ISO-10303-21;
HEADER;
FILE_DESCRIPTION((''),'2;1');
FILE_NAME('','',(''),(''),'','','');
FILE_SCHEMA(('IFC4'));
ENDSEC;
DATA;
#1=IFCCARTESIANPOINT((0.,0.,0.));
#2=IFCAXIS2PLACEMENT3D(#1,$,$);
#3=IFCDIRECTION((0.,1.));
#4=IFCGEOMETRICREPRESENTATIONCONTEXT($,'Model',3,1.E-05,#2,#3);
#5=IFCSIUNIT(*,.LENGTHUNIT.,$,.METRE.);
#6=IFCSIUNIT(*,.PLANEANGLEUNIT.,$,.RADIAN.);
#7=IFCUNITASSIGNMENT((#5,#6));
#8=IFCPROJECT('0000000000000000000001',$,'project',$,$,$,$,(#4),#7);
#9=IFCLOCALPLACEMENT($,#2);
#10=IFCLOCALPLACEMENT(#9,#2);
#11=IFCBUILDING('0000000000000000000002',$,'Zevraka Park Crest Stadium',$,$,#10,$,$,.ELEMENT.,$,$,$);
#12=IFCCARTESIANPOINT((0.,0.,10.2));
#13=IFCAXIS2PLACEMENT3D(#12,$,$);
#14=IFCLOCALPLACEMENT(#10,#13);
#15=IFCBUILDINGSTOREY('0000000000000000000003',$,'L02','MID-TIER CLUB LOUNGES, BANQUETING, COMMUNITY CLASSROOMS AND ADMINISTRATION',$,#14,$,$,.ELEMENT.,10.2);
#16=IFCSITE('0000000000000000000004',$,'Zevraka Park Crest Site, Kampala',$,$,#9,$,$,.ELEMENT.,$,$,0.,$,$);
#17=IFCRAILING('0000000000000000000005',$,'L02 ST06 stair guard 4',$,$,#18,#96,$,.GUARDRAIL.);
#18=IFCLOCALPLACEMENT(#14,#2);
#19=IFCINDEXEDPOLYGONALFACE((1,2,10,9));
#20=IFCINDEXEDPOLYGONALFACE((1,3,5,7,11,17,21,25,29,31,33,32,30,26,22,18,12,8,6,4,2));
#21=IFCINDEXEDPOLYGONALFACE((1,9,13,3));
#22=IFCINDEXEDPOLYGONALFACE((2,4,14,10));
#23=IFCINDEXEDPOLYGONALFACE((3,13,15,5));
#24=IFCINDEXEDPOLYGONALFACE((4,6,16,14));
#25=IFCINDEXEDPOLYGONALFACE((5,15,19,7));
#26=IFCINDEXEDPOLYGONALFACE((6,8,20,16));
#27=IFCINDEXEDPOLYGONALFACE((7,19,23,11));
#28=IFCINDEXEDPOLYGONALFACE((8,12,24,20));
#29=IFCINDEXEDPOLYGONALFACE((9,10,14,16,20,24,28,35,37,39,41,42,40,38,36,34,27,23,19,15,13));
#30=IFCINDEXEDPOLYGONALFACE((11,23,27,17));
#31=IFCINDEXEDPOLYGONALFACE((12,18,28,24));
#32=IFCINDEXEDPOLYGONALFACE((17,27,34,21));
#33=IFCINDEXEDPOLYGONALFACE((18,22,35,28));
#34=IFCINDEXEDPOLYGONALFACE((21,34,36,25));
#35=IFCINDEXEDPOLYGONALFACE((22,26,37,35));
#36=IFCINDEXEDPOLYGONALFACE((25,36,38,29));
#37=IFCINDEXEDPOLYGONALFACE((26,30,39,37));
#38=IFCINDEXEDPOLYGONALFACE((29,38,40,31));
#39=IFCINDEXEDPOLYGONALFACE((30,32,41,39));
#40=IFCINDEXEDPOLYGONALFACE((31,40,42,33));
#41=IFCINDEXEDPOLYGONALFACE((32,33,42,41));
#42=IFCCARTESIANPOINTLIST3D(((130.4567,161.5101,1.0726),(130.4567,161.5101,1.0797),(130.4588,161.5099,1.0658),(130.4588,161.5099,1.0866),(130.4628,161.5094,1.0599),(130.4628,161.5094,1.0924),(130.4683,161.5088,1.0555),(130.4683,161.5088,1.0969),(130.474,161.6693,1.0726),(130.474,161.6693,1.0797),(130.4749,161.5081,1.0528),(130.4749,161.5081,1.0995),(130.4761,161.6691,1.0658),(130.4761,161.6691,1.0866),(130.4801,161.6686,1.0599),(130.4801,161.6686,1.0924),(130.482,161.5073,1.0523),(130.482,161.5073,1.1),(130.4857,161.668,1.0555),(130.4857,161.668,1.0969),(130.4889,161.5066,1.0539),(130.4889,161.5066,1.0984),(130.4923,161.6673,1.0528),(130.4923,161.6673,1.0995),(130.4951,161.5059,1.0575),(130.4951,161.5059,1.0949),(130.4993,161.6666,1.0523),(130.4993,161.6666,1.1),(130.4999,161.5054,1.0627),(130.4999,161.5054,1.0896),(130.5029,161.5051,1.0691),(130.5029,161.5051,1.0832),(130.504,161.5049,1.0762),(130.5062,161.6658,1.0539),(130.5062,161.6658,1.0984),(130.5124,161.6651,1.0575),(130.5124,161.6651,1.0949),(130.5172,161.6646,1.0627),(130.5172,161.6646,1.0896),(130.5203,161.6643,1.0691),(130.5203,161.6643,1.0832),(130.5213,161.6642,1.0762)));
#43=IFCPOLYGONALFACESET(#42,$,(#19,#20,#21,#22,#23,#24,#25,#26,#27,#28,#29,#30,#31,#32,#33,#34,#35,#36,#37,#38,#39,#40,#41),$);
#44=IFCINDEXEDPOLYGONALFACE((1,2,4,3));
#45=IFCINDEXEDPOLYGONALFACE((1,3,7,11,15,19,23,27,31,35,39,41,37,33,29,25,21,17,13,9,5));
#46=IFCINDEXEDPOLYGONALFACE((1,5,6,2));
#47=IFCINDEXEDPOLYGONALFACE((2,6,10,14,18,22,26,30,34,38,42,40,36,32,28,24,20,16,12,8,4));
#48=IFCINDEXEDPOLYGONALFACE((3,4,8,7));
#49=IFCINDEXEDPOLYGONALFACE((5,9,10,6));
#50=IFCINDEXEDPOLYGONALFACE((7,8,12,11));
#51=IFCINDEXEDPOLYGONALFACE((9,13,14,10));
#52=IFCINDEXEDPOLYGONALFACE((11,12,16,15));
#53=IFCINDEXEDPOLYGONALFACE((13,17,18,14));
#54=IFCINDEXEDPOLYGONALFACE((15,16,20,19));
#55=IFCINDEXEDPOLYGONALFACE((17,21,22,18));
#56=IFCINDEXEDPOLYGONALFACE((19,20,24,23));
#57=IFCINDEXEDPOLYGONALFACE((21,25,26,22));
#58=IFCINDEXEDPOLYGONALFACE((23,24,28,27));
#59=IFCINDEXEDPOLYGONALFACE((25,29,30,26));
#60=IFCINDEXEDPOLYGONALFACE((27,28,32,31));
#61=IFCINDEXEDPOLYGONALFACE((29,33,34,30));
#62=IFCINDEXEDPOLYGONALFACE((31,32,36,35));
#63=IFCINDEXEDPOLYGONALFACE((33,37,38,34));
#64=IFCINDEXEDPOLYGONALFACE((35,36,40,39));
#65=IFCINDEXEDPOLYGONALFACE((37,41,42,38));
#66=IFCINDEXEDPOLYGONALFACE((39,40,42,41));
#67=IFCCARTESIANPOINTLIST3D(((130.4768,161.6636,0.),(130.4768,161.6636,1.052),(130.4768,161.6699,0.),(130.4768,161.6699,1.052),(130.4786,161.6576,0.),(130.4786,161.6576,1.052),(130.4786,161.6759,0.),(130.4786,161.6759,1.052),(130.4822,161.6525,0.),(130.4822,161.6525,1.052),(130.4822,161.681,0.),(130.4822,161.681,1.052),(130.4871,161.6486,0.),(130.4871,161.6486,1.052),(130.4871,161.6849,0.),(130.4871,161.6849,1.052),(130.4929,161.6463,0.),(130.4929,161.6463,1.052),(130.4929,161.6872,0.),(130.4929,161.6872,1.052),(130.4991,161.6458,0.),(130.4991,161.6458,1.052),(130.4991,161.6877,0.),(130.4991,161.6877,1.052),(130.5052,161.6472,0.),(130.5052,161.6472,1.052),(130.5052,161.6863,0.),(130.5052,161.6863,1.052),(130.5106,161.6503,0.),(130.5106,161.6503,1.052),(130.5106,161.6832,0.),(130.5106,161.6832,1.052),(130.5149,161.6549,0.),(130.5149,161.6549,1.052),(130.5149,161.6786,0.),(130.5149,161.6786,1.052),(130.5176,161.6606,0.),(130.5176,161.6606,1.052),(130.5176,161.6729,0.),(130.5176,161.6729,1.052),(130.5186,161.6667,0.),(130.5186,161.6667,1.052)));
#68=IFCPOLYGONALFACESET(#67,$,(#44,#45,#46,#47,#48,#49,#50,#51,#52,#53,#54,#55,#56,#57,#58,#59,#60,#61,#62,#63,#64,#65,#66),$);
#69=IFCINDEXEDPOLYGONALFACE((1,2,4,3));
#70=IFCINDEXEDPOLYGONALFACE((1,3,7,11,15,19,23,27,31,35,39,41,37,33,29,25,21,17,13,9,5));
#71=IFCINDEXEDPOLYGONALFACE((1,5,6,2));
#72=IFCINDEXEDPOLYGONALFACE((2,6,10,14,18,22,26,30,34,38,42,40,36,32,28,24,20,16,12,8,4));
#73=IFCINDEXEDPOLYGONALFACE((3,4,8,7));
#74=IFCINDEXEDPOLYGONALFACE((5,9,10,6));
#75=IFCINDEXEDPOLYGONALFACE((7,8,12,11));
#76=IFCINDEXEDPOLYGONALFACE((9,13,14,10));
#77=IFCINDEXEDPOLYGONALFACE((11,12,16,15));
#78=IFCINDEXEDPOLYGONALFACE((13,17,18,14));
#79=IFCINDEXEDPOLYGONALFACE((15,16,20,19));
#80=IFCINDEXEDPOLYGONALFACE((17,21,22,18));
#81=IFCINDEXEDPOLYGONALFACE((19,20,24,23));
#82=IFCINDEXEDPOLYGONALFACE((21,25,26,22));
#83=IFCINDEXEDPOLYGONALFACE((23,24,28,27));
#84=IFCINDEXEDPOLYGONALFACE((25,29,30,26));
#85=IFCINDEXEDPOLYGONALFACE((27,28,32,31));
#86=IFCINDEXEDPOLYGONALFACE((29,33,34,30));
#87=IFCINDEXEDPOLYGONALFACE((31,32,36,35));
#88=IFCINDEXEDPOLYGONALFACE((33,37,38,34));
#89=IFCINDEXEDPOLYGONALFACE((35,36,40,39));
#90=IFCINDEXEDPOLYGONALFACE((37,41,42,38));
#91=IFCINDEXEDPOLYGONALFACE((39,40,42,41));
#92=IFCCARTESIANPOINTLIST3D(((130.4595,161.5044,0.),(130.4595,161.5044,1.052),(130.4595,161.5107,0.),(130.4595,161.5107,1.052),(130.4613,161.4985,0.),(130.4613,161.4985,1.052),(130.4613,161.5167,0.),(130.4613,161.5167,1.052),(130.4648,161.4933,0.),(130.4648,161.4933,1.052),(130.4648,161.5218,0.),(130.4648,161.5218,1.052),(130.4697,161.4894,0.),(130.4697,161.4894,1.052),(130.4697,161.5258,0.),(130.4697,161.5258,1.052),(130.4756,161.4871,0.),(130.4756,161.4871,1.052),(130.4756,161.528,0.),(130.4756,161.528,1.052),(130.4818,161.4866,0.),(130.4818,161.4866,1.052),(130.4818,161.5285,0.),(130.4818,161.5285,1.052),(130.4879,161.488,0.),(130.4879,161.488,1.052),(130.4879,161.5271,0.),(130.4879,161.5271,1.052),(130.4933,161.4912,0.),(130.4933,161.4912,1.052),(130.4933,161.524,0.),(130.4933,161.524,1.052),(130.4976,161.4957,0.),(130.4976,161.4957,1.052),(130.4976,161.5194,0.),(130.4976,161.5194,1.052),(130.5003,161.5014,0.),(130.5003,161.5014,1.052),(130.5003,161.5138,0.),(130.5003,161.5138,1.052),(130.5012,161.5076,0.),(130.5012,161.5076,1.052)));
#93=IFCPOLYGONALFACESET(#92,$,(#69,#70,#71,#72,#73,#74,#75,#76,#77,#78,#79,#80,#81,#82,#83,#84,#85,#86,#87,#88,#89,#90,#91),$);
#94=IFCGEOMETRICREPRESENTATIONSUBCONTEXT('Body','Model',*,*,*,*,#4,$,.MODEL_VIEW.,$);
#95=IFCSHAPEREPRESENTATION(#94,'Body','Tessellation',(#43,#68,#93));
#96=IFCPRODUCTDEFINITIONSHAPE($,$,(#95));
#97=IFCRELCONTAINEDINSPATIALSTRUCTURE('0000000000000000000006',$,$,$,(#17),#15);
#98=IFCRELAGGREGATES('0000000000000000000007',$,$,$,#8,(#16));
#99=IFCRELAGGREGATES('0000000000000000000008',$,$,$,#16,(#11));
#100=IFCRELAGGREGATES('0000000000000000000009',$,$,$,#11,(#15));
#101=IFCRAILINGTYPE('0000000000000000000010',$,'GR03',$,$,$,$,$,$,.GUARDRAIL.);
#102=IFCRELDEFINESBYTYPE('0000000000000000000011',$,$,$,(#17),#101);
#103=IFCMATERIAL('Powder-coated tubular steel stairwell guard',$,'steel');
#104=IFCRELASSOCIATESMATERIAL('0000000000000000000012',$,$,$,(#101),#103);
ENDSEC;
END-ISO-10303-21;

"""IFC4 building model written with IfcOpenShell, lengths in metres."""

from ifc_helpers import new_model, si_unit, direction, frame, origin, origin_2d, place, context, subcontext, project, spatial, circle, extrude, material, type_object, element, save


model = new_model("IFC4")

# Units and contexts
model_context = context("Model", 3, precision=1e-05, world=origin(), true_north=direction((0.0, 1.0)))
body_context = subcontext(model_context, "Body", "Model", "MODEL_VIEW")
ifc_project = project(units=[si_unit("LENGTHUNIT", "METRE"), si_unit("PLANEANGLEUNIT", "RADIAN")], contexts=[model_context])

# Site, building, storey
site_placement = place(None, origin())
site = spatial("IfcSite", under=ifc_project, at=site_placement, Name="Zevraka Park Crest Site, Kampala", CompositionType="ELEMENT", RefElevation=0.0)
building_placement = place(site_placement, origin())
building = spatial("IfcBuilding", under=site, at=building_placement, Name="Zevraka Park Crest Stadium", CompositionType="ELEMENT")
storey_placement = place(building_placement, frame((0.0, 0.0, 10.2)))
storey = spatial("IfcBuildingStorey", under=building, at=storey_placement, Name="L02", Description="MID-TIER CLUB LOUNGES, BANQUETING, COMMUNITY CLASSROOMS AND ADMINISTRATION", CompositionType="ELEMENT", Elevation=10.2)

# Railing
ifc_material_1 = material(Name="Powder-coated tubular steel stairwell guard", Category="steel")
railing_type_1 = type_object("IfcRailingType", Name="GR03", PredefinedType="GUARDRAIL", material=ifc_material_1)
railing_1_placement = place(storey_placement, frame((130.4976, 161.6667, 0.0)))
element("IfcRailing", 1, at=railing_1_placement, inside=storey, type_object=railing_type_1, Name="L02 ST06 stair guard 4", PredefinedType="GUARDRAIL", context=body_context, shape_type="SweptSolid", body=[
    extrude(circle(Radius=0.0239, at=origin_2d()), frame((0.0, 0.0, 1.0762), z_axis=(-0.108256, -0.994123, 0.0), x_axis=(0.994123, -0.108256, 0.0)), (0.0, 0.0, 1.0), 0.1602),
    extrude(circle(Radius=0.021, at=origin_2d()), origin(), (0.0, 0.0, 1.0), 1.052),
    extrude(circle(Radius=0.021, at=origin_2d()), frame((-0.0173, -0.1592, 0.0)), (0.0, 0.0, 1.0), 1.052),
])

save(model, "model.ifc")
